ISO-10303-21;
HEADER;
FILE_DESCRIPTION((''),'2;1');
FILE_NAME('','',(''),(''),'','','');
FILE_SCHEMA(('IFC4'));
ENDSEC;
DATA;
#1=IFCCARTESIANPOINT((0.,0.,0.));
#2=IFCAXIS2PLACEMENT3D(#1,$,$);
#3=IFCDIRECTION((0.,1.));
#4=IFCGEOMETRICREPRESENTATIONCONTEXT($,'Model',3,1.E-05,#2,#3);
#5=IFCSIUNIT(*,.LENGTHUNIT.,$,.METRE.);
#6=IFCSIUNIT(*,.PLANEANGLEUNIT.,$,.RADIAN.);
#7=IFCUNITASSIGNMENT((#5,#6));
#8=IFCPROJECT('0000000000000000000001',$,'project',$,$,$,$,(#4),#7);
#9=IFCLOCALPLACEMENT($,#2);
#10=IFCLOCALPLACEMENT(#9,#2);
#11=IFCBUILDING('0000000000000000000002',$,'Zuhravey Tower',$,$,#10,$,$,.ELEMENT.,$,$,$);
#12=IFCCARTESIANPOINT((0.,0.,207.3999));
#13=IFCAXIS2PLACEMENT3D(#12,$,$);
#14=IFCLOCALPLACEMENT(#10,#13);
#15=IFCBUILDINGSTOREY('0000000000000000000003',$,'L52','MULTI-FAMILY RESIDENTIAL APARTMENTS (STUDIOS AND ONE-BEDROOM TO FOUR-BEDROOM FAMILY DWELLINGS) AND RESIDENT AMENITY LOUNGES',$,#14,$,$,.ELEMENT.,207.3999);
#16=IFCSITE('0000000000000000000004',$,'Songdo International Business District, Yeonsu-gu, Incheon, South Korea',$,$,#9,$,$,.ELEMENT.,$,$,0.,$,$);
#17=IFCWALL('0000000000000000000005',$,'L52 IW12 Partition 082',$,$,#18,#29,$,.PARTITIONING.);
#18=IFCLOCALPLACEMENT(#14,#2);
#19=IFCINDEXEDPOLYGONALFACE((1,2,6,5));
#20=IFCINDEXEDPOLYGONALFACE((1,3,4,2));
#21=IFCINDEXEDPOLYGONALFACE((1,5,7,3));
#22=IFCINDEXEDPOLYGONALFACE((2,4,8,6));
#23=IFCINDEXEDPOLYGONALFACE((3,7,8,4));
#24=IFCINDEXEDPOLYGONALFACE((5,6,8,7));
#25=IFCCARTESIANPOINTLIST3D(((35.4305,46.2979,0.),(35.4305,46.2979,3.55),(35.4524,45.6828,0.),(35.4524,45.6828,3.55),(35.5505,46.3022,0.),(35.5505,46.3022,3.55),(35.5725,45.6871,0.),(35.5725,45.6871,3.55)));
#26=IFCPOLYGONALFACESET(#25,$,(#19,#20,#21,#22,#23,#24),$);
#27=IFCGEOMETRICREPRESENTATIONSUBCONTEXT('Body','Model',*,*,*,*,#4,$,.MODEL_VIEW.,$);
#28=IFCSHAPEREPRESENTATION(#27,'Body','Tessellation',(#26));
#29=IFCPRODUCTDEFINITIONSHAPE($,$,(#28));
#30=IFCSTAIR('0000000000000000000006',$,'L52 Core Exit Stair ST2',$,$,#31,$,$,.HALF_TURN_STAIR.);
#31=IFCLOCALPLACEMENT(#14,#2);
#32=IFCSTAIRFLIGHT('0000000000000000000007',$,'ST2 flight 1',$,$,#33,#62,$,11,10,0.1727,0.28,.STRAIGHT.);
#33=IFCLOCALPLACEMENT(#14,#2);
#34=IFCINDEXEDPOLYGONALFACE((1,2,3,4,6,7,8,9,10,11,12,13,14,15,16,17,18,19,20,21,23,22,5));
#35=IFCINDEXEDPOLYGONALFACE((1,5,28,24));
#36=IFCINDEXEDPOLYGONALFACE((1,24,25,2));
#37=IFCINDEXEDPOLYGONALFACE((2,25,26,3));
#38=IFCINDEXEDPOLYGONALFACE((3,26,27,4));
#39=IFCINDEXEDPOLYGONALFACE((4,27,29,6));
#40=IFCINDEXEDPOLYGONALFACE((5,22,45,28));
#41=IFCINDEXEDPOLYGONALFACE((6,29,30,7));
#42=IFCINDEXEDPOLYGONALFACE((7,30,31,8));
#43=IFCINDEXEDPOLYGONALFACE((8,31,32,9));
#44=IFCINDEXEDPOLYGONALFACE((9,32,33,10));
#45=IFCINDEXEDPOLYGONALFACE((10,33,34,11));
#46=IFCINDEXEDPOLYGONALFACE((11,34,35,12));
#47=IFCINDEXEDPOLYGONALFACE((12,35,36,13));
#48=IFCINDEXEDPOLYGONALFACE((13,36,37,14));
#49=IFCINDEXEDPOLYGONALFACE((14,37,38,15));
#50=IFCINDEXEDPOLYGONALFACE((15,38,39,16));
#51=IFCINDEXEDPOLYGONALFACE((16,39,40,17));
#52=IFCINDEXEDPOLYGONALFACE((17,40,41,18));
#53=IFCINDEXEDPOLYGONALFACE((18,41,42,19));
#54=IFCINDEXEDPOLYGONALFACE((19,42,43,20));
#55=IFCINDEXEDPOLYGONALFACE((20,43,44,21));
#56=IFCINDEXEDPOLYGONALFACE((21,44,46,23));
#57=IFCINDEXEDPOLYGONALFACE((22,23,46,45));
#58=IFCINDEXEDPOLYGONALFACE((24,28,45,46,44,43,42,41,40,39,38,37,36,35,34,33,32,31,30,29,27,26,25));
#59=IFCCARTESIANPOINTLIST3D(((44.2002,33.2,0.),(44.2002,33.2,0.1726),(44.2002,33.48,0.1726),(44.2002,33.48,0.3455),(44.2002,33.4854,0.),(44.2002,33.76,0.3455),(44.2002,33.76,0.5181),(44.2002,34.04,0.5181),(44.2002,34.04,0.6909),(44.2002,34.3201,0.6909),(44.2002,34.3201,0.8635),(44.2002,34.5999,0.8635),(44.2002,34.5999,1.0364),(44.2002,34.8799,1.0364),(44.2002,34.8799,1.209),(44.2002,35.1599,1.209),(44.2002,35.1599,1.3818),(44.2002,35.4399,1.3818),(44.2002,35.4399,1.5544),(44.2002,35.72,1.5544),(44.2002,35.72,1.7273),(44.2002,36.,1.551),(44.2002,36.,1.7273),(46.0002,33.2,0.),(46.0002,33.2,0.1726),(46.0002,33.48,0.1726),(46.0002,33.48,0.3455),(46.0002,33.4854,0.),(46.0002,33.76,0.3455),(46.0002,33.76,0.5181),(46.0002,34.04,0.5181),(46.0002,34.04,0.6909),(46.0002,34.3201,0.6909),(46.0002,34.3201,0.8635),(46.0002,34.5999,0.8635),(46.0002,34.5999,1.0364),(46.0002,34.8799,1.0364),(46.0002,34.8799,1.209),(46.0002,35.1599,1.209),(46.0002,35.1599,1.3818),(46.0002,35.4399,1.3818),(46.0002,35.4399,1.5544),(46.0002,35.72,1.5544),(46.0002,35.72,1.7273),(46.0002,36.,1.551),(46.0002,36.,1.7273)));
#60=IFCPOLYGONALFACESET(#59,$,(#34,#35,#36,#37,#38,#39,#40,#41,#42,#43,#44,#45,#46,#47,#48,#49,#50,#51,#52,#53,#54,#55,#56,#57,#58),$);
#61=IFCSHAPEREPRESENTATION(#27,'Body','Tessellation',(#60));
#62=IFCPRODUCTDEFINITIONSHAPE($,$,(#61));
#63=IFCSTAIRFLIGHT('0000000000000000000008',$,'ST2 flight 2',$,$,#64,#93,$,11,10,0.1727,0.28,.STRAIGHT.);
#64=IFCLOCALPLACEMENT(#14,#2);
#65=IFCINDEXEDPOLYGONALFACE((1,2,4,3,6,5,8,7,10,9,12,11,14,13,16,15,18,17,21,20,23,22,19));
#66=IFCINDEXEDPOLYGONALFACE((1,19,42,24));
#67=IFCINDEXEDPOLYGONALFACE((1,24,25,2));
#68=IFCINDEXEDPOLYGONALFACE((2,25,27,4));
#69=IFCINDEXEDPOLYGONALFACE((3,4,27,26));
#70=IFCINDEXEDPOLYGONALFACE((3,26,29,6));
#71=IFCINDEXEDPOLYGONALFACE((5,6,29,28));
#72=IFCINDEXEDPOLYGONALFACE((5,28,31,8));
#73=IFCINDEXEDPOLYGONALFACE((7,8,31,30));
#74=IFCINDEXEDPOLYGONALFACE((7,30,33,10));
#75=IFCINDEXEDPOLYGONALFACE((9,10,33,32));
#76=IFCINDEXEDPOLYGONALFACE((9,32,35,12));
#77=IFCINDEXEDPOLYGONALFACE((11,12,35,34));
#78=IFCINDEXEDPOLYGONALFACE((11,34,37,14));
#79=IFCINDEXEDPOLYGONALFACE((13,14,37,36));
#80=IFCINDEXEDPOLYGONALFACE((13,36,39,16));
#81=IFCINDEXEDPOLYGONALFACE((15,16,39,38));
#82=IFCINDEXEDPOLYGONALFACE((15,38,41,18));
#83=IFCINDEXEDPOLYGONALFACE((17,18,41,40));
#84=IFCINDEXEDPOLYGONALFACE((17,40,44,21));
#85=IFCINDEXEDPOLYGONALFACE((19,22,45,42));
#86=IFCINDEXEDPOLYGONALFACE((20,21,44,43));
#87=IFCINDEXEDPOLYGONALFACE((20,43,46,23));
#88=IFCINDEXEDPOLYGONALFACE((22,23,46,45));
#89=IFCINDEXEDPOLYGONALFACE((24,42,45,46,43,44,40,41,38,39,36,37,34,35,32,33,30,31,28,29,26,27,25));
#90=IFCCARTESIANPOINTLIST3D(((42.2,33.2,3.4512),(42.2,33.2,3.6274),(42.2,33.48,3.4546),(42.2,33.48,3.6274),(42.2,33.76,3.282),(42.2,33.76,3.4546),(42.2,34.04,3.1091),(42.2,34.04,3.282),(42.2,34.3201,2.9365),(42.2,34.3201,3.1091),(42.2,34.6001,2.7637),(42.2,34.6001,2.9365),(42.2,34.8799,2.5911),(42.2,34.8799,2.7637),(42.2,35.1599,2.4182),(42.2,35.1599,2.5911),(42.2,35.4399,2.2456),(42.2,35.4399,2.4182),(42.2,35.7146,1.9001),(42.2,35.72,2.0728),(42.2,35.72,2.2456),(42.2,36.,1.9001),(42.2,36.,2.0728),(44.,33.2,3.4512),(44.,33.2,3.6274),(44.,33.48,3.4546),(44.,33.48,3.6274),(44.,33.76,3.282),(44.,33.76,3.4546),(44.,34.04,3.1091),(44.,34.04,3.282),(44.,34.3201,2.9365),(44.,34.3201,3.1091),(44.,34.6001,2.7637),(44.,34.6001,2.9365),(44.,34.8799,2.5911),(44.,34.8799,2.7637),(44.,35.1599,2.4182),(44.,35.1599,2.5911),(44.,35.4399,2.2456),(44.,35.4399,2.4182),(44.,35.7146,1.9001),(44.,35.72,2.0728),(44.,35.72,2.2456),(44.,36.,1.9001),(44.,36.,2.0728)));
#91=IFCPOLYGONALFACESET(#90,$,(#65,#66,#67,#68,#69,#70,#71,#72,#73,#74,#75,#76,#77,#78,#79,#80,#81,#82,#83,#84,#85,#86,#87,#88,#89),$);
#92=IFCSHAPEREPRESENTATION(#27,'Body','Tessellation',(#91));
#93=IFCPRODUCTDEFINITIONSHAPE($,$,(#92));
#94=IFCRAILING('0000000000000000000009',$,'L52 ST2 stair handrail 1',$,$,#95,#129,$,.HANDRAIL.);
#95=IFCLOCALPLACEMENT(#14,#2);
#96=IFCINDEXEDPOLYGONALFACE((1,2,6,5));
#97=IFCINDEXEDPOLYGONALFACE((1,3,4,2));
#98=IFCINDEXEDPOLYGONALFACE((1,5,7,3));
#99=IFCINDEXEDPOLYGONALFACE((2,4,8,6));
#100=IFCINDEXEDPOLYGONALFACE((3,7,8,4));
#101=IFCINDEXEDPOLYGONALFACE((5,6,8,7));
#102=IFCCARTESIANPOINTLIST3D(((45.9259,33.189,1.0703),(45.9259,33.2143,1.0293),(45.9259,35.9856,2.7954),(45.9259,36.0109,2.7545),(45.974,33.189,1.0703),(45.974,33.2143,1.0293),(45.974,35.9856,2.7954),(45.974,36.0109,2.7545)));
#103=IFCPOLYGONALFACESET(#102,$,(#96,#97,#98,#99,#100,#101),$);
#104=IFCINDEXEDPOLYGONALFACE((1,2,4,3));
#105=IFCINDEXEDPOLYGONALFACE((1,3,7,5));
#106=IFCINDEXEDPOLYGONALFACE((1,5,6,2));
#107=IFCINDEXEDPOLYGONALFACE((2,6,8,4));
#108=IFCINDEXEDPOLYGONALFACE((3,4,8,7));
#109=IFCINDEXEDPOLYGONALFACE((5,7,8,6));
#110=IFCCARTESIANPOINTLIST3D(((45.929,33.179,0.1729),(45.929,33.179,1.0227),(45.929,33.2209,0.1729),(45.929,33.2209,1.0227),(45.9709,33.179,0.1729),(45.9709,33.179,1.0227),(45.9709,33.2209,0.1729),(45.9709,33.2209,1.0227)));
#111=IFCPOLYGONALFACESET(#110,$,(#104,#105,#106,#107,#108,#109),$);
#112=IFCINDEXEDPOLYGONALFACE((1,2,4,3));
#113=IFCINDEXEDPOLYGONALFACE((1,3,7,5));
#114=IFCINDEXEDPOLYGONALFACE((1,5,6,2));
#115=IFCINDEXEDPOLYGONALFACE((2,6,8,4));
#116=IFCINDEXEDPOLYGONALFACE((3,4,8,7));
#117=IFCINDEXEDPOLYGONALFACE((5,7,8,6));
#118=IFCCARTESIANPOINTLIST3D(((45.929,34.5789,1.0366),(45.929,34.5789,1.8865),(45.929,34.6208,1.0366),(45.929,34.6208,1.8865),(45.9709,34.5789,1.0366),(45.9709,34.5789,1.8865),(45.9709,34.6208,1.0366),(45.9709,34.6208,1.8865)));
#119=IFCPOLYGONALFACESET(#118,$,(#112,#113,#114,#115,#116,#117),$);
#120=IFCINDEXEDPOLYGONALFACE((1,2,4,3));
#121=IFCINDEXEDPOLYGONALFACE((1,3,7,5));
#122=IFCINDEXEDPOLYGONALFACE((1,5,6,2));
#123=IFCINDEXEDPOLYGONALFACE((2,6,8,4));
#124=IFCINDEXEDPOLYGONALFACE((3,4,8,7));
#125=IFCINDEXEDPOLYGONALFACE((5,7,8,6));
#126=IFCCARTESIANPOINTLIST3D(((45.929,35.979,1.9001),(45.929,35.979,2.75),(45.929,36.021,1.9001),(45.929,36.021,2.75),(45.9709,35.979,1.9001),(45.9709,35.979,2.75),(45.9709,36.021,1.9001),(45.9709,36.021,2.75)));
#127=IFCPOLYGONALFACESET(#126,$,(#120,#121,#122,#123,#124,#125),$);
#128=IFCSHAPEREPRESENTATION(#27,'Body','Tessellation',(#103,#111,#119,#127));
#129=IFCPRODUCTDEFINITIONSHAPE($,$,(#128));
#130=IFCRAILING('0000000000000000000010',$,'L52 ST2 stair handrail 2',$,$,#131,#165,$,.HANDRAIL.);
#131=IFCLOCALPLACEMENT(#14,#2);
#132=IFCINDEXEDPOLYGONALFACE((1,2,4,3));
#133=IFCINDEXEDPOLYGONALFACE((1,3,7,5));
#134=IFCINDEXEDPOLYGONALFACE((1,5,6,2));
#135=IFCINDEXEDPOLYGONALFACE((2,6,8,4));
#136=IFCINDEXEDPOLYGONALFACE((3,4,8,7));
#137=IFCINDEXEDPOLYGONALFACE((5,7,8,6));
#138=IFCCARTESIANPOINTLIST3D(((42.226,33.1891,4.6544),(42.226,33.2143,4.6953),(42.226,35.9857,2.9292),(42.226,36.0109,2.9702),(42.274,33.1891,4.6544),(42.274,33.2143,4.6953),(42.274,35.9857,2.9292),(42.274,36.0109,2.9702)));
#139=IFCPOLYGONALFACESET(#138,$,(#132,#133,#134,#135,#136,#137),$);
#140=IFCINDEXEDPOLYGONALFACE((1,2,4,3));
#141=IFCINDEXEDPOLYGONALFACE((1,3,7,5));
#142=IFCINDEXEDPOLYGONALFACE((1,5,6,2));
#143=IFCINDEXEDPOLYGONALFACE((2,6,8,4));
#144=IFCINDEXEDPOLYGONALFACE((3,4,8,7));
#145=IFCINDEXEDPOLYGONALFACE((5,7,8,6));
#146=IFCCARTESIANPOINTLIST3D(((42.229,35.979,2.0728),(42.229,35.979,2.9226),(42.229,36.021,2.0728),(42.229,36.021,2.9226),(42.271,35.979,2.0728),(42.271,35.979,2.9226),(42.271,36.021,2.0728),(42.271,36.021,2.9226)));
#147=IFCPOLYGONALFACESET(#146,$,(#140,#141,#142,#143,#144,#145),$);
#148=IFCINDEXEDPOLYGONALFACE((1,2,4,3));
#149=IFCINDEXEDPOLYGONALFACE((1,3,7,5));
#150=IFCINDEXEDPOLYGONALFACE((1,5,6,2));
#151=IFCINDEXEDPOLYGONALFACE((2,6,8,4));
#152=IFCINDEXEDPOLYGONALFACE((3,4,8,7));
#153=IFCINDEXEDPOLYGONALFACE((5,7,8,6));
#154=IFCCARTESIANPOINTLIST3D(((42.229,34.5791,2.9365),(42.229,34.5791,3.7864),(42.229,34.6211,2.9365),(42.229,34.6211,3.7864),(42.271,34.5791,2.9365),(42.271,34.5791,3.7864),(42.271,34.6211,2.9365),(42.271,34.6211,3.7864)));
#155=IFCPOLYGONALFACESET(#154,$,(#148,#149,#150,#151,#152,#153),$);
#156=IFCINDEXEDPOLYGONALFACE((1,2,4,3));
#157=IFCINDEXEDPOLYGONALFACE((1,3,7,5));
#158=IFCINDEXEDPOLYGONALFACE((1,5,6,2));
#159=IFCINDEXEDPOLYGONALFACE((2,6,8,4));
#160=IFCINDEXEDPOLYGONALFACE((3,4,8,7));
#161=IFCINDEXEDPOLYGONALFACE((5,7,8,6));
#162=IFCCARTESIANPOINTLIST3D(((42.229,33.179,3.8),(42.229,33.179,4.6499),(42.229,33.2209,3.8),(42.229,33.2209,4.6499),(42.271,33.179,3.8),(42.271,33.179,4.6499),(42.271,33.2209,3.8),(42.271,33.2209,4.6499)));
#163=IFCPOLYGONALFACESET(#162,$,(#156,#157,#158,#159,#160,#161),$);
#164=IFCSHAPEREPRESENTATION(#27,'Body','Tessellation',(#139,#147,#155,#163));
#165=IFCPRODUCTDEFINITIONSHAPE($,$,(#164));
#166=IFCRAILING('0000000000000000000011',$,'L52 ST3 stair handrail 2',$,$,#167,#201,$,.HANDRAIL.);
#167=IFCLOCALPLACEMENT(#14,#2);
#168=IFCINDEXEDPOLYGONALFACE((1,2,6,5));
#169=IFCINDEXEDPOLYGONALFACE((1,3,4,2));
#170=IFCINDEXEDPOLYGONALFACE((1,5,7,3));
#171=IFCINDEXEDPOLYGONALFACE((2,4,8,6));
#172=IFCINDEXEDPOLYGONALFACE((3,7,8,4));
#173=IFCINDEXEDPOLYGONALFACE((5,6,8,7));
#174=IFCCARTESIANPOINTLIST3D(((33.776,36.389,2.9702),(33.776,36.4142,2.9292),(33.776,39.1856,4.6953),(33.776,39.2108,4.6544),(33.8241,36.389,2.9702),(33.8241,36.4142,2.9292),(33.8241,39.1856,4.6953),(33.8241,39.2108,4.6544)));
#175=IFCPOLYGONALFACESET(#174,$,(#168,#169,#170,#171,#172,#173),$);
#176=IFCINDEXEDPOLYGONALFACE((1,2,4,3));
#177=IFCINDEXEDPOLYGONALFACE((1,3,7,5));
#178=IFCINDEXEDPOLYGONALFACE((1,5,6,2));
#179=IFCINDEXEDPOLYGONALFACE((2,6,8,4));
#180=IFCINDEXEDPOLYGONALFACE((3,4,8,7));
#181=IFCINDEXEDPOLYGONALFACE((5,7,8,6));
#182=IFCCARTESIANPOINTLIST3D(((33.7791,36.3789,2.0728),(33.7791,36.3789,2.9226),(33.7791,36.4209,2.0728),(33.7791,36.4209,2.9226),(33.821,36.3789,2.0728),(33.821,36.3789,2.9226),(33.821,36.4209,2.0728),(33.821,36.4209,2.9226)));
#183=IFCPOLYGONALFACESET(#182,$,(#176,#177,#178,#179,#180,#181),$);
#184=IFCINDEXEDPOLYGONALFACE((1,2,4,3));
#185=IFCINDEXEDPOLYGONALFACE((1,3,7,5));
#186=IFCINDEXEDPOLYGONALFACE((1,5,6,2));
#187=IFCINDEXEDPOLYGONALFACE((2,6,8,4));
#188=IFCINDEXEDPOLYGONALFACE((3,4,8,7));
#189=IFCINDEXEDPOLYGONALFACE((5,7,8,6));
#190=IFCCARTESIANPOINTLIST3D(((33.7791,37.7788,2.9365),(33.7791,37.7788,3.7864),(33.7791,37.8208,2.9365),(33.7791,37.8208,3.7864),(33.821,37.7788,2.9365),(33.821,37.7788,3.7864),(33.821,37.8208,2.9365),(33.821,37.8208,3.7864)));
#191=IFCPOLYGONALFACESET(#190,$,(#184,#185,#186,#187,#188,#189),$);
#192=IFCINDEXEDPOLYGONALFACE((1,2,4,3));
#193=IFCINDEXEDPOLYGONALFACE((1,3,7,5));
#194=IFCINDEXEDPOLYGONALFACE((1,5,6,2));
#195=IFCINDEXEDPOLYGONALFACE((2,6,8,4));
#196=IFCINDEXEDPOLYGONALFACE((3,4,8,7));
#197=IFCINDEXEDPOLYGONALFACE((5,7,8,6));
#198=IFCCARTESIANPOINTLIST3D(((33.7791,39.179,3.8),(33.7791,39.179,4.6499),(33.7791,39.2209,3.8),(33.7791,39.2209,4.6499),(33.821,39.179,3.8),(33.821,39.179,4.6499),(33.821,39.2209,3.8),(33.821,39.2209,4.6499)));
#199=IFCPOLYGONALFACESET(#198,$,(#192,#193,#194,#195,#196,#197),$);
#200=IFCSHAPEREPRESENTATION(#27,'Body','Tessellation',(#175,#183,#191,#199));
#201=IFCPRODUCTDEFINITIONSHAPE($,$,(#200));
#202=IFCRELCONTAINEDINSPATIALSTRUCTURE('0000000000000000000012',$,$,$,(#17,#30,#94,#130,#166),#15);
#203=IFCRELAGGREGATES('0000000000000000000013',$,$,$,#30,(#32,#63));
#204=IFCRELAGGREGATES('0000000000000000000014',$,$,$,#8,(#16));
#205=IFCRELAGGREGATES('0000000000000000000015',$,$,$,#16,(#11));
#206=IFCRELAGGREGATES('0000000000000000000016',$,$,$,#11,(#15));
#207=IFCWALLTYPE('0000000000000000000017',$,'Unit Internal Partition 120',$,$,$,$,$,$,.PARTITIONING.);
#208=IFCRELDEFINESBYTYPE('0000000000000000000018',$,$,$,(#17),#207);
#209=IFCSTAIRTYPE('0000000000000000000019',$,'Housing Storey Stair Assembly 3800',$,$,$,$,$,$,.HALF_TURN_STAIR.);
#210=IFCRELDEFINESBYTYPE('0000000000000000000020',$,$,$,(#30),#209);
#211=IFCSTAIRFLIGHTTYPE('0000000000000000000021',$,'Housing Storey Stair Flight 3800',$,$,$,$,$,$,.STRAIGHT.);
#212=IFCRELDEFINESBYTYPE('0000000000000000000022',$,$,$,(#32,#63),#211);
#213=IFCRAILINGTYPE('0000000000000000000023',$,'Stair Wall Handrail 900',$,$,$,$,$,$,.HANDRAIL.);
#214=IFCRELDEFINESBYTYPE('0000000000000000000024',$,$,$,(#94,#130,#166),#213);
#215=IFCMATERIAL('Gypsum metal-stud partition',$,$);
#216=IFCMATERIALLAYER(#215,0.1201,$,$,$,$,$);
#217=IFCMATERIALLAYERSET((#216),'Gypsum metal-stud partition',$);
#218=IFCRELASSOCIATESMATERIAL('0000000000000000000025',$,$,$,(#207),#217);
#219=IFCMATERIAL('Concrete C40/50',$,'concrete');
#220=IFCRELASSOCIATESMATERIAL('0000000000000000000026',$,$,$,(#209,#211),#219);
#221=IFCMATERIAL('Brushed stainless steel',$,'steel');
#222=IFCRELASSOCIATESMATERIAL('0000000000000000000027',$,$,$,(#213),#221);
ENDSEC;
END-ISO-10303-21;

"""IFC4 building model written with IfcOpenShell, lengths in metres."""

from ifc_helpers import new_model, si_unit, direction, frame, frame_2d, origin, origin_2d, place, context, subcontext, project, spatial, polyline, rectangle, outline, extrude, material, layer, layer_set, type_object, element, aggregate, save


model = new_model("IFC4")

# Units and contexts
model_context = context("Model", 3, precision=1e-05, world=origin(), true_north=direction((0.0, 1.0)))
body_context = subcontext(model_context, "Body", "Model", "MODEL_VIEW")
ifc_project = project(units=[si_unit("LENGTHUNIT", "METRE"), si_unit("PLANEANGLEUNIT", "RADIAN")], contexts=[model_context])

# Site, building, storey
site_placement = place(None, origin())
site = spatial("IfcSite", under=ifc_project, at=site_placement, Name="Songdo International Business District, Yeonsu-gu, Incheon, South Korea", CompositionType="ELEMENT", RefElevation=0.0)
building_placement = place(site_placement, origin())
building = spatial("IfcBuilding", under=site, at=building_placement, Name="Zuhravey Tower", CompositionType="ELEMENT")
storey_placement = place(building_placement, frame((0.0, 0.0, 207.3999)))
storey = spatial("IfcBuildingStorey", under=building, at=storey_placement, Name="L52", Description="MULTI-FAMILY RESIDENTIAL APARTMENTS (STUDIOS AND ONE-BEDROOM TO FOUR-BEDROOM FAMILY DWELLINGS) AND RESIDENT AMENITY LOUNGES", CompositionType="ELEMENT", Elevation=207.3999)

# Wall
ifc_material_1 = material(Name="Gypsum metal-stud partition")
ifc_layer_1 = layer(ifc_material_1, 0.1201)
ifc_layer_set_1 = layer_set([ifc_layer_1], Name="Gypsum metal-stud partition")
wall_type_1 = type_object("IfcWallType", Name="Unit Internal Partition 120", PredefinedType="PARTITIONING", material=ifc_layer_set_1)
wall_1_placement = place(storey_placement, frame((35.5125, 45.6851, 0.0), z_axis=(0.0, 0.0, 1.0), x_axis=(-0.035706, 0.999362, 0.0)))
element("IfcWall", 1, at=wall_1_placement, inside=storey, type_object=wall_type_1, Name="L52 IW12 Partition 082", PredefinedType="PARTITIONING", context=body_context, shape_type="SweptSolid", body=[
    extrude(rectangle(XDim=0.6155, YDim=0.1201, at=frame_2d((0.3076, 0.0))), origin(), (0.0, 0.0, 1.0), 3.55),
])

# Stair, stair flights
ifc_material_2 = material(Name="Concrete C40/50", Category="concrete")
stair_type = type_object("IfcStairType", Name="Housing Storey Stair Assembly 3800", PredefinedType="HALF_TURN_STAIR", material=ifc_material_2)
stair_placement = place(storey_placement, origin())
stair = element("IfcStair", 2, at=stair_placement, inside=storey, type_object=stair_type, Name="L52 Core Exit Stair ST2", PredefinedType="HALF_TURN_STAIR")
stair_flight_type = type_object("IfcStairFlightType", Name="Housing Storey Stair Flight 3800", PredefinedType="STRAIGHT", material=ifc_material_2)
stair_flight_1_placement = place(storey_placement, frame((45.1001, 33.2, 0.0), z_axis=(0.0, 0.0, 1.0), x_axis=(0.0, 1.0, 0.0)))
stair_flight_1 = element("IfcStairFlight", 3, at=stair_flight_1_placement, type_object=stair_flight_type, Name="ST2 flight 1", NumberOfRisers=11, NumberOfTreads=10, PredefinedType="STRAIGHT", RiserHeight=0.1727, TreadLength=0.28, context=body_context, shape_type="SweptSolid", body=[
    extrude(outline(polyline([(0.0, 0.0), (0.0, 0.1726), (0.28, 0.1726), (0.28, 0.3455), (0.5601, 0.3455), (0.5601, 0.5181), (0.8401, 0.5181), (0.8401, 0.6909), (1.1201, 0.6909), (1.1201, 0.8635), (1.3999, 0.8635), (1.3999, 1.0364), (1.6799, 1.0364), (1.6799, 1.209), (1.96, 1.209), (1.96, 1.3818), (2.24, 1.3818), (2.24, 1.5544), (2.52, 1.5544), (2.52, 1.7273), (2.8, 1.7273), (2.8, 1.8999), (2.8, 1.551), (0.2854, 0.0), (0.0, 0.0)])), frame((0.0, 0.8999, 0.0), z_axis=(0.0, -1.0, 0.0), x_axis=(1.0, 0.0, 0.0)), (0.0, 0.0, 1.0), 1.8),
])
stair_flight_2_placement = place(storey_placement, frame((43.1001, 36.0, 1.9001), z_axis=(0.0, 0.0, 1.0), x_axis=(0.0, -1.0, 0.0)))
stair_flight_2 = element("IfcStairFlight", 4, at=stair_flight_2_placement, type_object=stair_flight_type, Name="ST2 flight 2", NumberOfRisers=11, NumberOfTreads=10, PredefinedType="STRAIGHT", RiserHeight=0.1727, TreadLength=0.28, context=body_context, shape_type="SweptSolid", body=[
    extrude(outline(polyline([(0.0, 0.0), (0.0, 0.1726), (0.28, 0.1726), (0.28, 0.3455), (0.5601, 0.3455), (0.5601, 0.5181), (0.8401, 0.5181), (0.8401, 0.6909), (1.1201, 0.6909), (1.1201, 0.8635), (1.3999, 0.8635), (1.3999, 1.0364), (1.6799, 1.0364), (1.6799, 1.209), (1.96, 1.209), (1.96, 1.3818), (2.24, 1.3818), (2.24, 1.5544), (2.52, 1.5544), (2.52, 1.7273), (2.8, 1.7273), (2.8, 1.8999), (2.8, 1.551), (0.2854, 0.0), (0.0, 0.0)])), frame((0.0, 0.8999, 0.0), z_axis=(0.0, -1.0, 0.0), x_axis=(1.0, 0.0, 0.0)), (0.0, 0.0, 1.0), 1.8),
])
aggregate(stair, [stair_flight_1, stair_flight_2])

# Railings
ifc_material_3 = material(Name="Brushed stainless steel", Category="steel")
railing_type_1 = type_object("IfcRailingType", Name="Stair Wall Handrail 900", PredefinedType="HANDRAIL", material=ifc_material_3)
railing_1_placement = place(storey_placement, frame((45.95, 33.2, 0.1729)))
element("IfcRailing", 5, at=railing_1_placement, inside=storey, type_object=railing_type_1, Name="L52 ST2 stair handrail 1", PredefinedType="HANDRAIL", context=body_context, shape_type="SweptSolid", body=[
    extrude(rectangle(XDim=0.0481, YDim=0.0481, at=origin_2d()), frame((0.0, 0.0017, 0.877), z_axis=(0.0, 0.85109, 0.52502), x_axis=(-1.0, 0.0, 0.0)), (0.0, 0.0, 1.0), 3.2859),
    extrude(rectangle(XDim=0.042, YDim=0.042, at=origin_2d()), origin(), (0.0, 0.0, 1.0), 0.8499),
    extrude(rectangle(XDim=0.042, YDim=0.042, at=origin_2d()), frame((0.0, 1.3999, 0.8638)), (0.0, 0.0, 1.0), 0.8499),
    extrude(rectangle(XDim=0.042, YDim=0.042, at=origin_2d()), frame((0.0, 2.8, 1.7273)), (0.0, 0.0, 1.0), 0.8499),
])
railing_2_placement = place(storey_placement, frame((42.25, 36.0, 2.0728)))
element("IfcRailing", 6, at=railing_2_placement, inside=storey, type_object=railing_type_1, Name="L52 ST2 stair handrail 2", PredefinedType="HANDRAIL", context=body_context, shape_type="SweptSolid", body=[
    extrude(rectangle(XDim=0.0481, YDim=0.0481, at=origin_2d()), frame((0.0, -0.0017, 0.877), z_axis=(0.0, -0.85109, 0.52502), x_axis=(1.0, 0.0, 0.0)), (0.0, 0.0, 1.0), 3.2859),
    extrude(rectangle(XDim=0.042, YDim=0.042, at=origin_2d()), origin(), (0.0, 0.0, 1.0), 0.8499),
    extrude(rectangle(XDim=0.042, YDim=0.042, at=origin_2d()), frame((0.0, -1.3999, 0.8638)), (0.0, 0.0, 1.0), 0.8499),
    extrude(rectangle(XDim=0.042, YDim=0.042, at=origin_2d()), frame((0.0, -2.8, 1.7273)), (0.0, 0.0, 1.0), 0.8499),
])
railing_3_placement = place(storey_placement, frame((33.8, 36.3999, 2.0728)))
element("IfcRailing", 7, at=railing_3_placement, inside=storey, type_object=railing_type_1, Name="L52 ST3 stair handrail 2", PredefinedType="HANDRAIL", context=body_context, shape_type="SweptSolid", body=[
    extrude(rectangle(XDim=0.0481, YDim=0.0481, at=origin_2d()), frame((0.0, 0.0017, 0.877), z_axis=(0.0, 0.85109, 0.52502), x_axis=(-1.0, 0.0, 0.0)), (0.0, 0.0, 1.0), 3.2859),
    extrude(rectangle(XDim=0.042, YDim=0.042, at=origin_2d()), origin(), (0.0, 0.0, 1.0), 0.8499),
    extrude(rectangle(XDim=0.042, YDim=0.042, at=origin_2d()), frame((0.0, 1.3999, 0.8638)), (0.0, 0.0, 1.0), 0.8499),
    extrude(rectangle(XDim=0.042, YDim=0.042, at=origin_2d()), frame((0.0, 2.8, 1.7273)), (0.0, 0.0, 1.0), 0.8499),
])

save(model, "model.ifc")
